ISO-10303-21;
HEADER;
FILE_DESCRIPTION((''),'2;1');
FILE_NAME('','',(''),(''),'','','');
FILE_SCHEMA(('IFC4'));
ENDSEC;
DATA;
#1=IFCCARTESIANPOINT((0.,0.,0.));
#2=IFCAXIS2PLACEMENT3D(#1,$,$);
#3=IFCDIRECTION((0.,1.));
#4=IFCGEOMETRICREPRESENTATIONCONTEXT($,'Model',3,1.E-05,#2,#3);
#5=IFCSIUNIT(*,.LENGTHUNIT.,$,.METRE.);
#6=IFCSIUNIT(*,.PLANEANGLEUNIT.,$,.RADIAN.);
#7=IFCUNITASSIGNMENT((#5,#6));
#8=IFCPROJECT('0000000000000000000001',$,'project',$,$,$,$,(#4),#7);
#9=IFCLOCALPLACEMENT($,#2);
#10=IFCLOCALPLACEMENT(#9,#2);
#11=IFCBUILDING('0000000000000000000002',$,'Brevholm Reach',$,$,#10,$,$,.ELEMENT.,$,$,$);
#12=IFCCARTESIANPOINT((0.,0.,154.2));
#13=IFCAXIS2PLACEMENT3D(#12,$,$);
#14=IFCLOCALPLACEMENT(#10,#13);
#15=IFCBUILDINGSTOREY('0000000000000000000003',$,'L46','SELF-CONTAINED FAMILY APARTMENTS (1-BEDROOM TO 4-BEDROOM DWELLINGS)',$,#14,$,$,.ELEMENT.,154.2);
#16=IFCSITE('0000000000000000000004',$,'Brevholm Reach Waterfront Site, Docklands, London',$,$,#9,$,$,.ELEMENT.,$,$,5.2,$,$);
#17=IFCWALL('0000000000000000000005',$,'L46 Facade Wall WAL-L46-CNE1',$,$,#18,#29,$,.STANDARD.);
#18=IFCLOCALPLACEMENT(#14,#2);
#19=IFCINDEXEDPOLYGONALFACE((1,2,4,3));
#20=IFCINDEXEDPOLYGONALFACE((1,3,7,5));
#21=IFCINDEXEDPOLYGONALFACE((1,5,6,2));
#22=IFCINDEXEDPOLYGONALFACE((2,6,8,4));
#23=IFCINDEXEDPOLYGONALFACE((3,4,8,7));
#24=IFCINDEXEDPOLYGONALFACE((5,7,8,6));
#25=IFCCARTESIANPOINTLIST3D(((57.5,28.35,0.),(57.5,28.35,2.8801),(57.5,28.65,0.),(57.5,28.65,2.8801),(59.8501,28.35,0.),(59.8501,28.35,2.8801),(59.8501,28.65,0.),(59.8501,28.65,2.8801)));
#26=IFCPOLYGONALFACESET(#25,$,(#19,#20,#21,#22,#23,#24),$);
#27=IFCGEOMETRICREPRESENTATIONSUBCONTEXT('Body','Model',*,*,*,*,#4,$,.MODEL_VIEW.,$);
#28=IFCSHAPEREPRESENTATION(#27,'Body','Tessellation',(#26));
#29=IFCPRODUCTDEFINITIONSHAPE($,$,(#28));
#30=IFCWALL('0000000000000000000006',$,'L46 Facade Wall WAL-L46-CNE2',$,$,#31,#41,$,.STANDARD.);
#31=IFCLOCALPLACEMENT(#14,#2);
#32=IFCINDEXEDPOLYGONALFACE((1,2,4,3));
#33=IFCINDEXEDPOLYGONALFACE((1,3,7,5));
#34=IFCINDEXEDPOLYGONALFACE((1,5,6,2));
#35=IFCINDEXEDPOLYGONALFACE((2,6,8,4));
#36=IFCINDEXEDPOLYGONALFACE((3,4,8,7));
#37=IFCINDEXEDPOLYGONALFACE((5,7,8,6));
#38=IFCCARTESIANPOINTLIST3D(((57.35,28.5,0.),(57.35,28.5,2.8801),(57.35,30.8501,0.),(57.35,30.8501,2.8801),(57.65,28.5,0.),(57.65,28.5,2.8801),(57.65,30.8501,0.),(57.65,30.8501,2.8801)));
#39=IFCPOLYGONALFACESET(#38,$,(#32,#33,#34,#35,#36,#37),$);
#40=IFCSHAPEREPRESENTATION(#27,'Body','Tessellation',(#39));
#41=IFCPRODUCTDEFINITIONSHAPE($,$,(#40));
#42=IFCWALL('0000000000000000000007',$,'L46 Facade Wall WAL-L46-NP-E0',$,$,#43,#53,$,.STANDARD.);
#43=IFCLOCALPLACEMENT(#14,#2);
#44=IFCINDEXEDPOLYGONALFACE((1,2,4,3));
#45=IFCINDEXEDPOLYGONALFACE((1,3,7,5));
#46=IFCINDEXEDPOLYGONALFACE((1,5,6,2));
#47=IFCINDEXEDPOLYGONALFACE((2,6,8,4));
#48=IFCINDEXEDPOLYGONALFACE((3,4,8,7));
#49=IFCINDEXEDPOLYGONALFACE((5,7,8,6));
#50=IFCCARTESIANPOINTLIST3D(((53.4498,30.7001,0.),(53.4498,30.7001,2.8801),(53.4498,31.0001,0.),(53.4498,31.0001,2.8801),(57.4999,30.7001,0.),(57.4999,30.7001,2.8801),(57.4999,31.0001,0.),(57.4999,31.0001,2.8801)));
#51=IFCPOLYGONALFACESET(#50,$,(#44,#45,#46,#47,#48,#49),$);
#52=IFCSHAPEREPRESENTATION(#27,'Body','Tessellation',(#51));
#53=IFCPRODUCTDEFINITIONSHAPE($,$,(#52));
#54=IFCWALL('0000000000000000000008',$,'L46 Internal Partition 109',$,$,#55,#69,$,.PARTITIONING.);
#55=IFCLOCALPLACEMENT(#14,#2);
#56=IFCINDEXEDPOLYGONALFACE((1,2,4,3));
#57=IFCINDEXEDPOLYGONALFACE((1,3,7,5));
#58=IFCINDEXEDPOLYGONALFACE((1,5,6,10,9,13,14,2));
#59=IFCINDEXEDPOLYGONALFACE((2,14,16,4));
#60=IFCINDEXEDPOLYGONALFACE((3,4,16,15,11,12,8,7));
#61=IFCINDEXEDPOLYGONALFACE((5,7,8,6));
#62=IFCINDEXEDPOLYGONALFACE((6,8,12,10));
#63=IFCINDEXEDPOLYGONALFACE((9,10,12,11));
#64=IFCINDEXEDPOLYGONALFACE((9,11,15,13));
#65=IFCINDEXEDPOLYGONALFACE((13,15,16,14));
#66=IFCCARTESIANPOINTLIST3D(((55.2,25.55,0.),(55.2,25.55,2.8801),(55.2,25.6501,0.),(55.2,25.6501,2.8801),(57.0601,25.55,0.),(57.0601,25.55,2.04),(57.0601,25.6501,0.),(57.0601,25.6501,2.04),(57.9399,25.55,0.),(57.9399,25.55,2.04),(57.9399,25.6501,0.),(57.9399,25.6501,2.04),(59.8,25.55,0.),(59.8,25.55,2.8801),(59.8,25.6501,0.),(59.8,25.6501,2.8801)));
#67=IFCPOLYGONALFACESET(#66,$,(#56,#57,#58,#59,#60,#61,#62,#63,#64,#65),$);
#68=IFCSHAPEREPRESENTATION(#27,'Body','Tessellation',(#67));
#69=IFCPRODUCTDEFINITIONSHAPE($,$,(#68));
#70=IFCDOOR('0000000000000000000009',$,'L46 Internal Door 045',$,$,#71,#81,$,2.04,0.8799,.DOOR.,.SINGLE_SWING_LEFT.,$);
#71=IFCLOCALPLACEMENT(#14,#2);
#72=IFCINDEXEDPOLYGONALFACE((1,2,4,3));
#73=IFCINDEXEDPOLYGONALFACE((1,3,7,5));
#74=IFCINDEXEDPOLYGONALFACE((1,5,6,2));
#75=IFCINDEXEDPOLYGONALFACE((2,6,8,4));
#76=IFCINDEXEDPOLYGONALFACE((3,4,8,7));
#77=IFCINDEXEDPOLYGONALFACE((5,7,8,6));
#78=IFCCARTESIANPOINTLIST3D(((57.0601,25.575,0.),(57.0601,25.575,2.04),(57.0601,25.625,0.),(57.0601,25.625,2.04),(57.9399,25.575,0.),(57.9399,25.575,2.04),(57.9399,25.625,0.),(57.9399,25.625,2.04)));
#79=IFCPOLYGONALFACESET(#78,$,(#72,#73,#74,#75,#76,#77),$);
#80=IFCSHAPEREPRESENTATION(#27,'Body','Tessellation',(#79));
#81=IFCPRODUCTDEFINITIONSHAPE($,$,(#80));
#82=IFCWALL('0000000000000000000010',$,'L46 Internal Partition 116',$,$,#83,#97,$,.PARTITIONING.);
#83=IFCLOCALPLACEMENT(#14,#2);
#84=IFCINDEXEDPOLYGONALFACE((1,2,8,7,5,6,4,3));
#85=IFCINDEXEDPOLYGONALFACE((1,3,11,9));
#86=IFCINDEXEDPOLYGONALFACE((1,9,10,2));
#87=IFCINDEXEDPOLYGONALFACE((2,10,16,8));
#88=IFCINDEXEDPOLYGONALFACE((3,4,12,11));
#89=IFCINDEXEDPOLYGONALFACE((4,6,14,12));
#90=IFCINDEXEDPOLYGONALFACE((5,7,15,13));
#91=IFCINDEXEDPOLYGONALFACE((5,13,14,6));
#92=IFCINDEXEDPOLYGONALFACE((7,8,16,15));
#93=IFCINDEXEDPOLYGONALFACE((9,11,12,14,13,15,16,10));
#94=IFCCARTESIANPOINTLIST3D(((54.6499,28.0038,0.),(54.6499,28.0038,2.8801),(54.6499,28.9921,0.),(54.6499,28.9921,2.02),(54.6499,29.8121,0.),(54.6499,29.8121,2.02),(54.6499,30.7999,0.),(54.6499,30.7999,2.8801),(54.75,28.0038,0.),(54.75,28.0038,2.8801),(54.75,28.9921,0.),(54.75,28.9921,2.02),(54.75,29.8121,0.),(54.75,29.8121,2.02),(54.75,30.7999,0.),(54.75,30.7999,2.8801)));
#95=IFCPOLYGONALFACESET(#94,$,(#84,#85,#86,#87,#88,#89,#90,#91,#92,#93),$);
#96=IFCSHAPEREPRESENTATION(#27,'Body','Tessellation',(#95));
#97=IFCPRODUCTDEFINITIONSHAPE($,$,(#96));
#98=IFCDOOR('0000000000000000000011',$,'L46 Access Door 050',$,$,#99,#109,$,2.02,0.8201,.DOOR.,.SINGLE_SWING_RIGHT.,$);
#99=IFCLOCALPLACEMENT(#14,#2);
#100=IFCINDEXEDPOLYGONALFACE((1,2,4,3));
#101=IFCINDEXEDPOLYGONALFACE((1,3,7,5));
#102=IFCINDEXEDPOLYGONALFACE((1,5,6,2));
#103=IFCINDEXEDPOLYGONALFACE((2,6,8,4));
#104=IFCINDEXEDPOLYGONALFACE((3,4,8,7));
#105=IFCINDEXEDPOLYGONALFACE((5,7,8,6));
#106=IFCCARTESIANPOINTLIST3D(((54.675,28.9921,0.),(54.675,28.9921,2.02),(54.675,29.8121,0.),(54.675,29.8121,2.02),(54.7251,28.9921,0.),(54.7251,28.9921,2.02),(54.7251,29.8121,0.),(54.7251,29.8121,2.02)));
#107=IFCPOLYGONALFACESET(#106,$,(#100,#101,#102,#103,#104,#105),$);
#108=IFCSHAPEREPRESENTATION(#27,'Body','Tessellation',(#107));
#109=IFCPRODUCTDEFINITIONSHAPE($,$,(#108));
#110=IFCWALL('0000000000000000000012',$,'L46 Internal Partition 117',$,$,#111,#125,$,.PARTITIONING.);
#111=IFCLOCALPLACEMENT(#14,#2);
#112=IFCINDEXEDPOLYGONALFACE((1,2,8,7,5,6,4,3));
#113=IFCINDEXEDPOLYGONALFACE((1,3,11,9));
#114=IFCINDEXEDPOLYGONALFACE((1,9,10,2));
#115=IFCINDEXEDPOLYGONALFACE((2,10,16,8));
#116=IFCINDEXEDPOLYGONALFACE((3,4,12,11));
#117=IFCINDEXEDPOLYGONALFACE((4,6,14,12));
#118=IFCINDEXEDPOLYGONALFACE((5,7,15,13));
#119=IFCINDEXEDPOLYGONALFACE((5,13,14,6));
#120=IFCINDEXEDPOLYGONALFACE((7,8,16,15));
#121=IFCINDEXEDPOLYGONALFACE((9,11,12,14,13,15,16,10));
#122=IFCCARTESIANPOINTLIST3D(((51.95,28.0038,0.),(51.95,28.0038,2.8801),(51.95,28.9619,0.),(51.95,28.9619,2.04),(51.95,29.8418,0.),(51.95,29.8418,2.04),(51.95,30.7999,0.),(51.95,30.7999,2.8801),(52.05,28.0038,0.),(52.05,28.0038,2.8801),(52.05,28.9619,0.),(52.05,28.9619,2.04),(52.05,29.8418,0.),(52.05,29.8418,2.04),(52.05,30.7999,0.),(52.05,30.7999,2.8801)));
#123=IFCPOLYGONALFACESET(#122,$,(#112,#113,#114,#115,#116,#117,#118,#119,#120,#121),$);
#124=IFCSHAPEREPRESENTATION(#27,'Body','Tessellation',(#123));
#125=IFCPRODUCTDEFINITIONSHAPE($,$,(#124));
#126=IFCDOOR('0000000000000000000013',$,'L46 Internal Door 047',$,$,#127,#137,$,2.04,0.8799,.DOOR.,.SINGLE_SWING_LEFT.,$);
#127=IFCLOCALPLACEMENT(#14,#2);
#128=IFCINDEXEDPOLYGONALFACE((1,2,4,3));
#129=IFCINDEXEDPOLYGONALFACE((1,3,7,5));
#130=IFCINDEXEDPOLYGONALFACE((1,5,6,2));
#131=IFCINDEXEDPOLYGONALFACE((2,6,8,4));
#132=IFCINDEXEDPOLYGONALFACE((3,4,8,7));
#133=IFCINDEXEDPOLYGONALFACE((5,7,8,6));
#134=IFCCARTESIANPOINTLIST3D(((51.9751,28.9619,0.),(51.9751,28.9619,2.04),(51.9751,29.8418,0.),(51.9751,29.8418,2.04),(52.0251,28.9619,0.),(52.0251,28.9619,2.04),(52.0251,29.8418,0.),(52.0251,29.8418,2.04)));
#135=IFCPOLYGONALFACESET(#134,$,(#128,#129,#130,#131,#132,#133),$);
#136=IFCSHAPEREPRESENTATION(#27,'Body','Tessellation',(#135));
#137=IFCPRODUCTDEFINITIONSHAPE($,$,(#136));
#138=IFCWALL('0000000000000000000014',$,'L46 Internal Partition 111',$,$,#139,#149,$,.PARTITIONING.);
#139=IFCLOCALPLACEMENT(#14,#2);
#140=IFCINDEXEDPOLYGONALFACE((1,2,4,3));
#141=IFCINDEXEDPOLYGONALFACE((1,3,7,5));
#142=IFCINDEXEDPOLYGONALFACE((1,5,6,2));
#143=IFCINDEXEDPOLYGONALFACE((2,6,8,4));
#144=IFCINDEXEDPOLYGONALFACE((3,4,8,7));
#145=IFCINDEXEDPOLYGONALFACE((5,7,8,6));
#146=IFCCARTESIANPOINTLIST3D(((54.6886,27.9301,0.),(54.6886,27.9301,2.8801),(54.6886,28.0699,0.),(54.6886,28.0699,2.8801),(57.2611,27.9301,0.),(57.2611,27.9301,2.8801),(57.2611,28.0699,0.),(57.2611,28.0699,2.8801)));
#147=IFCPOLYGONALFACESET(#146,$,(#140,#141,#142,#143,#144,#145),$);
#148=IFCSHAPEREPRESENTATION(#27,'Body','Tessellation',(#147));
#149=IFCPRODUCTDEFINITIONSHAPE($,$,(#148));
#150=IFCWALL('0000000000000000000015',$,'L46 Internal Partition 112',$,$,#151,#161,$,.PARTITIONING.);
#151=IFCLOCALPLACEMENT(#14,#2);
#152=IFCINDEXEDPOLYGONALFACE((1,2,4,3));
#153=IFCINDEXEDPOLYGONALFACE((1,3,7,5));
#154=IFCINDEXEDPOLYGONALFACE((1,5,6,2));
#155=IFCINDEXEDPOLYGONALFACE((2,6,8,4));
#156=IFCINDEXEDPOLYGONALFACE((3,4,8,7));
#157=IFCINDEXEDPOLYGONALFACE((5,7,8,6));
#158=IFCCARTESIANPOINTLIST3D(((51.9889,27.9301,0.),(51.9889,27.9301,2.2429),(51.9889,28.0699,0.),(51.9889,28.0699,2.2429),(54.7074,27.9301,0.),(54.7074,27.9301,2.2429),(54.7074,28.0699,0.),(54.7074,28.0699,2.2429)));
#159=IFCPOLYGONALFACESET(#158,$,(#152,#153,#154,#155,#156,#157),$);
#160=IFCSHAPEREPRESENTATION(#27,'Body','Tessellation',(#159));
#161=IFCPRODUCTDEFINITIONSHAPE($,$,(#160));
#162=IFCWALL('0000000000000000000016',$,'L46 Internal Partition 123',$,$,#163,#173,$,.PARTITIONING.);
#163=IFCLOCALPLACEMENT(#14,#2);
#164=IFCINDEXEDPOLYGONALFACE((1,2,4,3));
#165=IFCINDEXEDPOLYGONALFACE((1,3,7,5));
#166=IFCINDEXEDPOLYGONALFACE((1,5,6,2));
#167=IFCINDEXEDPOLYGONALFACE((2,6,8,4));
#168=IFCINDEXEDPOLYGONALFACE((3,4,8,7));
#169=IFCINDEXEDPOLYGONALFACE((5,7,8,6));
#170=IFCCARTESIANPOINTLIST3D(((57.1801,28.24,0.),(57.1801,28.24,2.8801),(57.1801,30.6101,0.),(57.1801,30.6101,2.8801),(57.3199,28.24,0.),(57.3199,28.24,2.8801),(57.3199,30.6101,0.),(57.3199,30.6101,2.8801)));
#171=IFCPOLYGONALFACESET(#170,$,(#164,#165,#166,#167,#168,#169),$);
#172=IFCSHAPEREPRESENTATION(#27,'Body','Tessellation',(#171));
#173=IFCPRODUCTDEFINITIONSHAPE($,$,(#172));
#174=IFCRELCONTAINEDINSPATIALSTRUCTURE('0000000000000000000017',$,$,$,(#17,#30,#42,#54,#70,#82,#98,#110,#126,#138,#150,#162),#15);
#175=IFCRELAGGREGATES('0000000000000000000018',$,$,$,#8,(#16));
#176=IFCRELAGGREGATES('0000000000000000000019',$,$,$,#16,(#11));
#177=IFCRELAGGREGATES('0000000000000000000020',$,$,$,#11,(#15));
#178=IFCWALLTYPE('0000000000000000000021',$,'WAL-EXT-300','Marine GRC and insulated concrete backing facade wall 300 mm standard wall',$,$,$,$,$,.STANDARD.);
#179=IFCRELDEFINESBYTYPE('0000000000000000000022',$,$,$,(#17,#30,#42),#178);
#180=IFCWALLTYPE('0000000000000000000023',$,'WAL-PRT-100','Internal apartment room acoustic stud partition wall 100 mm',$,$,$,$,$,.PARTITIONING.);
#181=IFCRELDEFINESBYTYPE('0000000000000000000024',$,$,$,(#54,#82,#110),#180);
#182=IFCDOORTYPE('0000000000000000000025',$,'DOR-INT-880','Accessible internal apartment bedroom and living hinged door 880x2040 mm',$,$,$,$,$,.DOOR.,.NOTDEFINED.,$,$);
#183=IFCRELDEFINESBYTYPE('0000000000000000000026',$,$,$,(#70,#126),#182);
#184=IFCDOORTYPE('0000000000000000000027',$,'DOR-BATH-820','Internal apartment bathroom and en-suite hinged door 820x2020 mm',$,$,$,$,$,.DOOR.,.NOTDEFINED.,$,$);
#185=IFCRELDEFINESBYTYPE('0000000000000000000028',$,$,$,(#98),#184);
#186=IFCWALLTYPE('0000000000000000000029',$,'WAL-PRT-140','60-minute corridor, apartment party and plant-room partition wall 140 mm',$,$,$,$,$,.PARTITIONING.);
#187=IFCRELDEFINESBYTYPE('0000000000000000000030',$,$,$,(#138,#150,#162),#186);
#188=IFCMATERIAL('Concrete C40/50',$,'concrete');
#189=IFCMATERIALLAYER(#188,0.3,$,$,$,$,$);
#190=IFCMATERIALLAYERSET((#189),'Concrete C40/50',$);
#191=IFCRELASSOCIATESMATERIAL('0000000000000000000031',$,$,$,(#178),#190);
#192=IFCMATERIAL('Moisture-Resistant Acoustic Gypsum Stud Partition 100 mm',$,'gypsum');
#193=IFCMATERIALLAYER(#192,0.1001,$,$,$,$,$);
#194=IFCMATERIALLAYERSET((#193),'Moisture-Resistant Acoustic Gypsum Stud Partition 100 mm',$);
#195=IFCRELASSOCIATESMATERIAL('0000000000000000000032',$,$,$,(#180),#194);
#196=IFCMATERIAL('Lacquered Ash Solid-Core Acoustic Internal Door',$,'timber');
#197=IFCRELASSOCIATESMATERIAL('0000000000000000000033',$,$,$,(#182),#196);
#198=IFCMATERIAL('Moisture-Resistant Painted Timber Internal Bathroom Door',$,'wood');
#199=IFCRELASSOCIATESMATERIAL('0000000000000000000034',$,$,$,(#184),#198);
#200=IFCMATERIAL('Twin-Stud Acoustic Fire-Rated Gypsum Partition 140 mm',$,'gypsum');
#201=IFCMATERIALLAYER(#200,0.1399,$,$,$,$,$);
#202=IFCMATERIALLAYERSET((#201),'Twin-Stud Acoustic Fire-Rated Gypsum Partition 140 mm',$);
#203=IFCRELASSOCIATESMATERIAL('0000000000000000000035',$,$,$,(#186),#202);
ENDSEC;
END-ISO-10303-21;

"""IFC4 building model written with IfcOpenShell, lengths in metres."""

from ifc_helpers import new_model, si_unit, direction, frame, frame_2d, origin, place, context, subcontext, project, spatial, rectangle, extrude, material, layer, layer_set, type_object, element, fill, save


model = new_model("IFC4")

# Units and contexts
model_context = context("Model", 3, precision=1e-05, world=origin(), true_north=direction((0.0, 1.0)))
body_context = subcontext(model_context, "Body", "Model", "MODEL_VIEW")
ifc_project = project(units=[si_unit("LENGTHUNIT", "METRE"), si_unit("PLANEANGLEUNIT", "RADIAN")], contexts=[model_context])

# Site, building, storey
site_placement = place(None, origin())
site = spatial("IfcSite", under=ifc_project, at=site_placement, Name="Brevholm Reach Waterfront Site, Docklands, London", CompositionType="ELEMENT", RefElevation=5.2)
building_placement = place(site_placement, origin())
building = spatial("IfcBuilding", under=site, at=building_placement, Name="Brevholm Reach", CompositionType="ELEMENT")
storey_placement = place(building_placement, frame((0.0, 0.0, 154.2)))
storey = spatial("IfcBuildingStorey", under=building, at=storey_placement, Name="L46", Description="SELF-CONTAINED FAMILY APARTMENTS (1-BEDROOM TO 4-BEDROOM DWELLINGS)", CompositionType="ELEMENT", Elevation=154.2)

# Walls
ifc_material_1 = material(Name="Concrete C40/50", Category="concrete")
ifc_layer_1 = layer(ifc_material_1, 0.3)
ifc_layer_set_1 = layer_set([ifc_layer_1], Name="Concrete C40/50")
wall_type_1 = type_object("IfcWallType", Name="WAL-EXT-300", Description="Marine GRC and insulated concrete backing facade wall 300 mm standard wall", PredefinedType="STANDARD", material=ifc_layer_set_1)
for number, where, z_axis, x_axis, name in (
    (1, (59.8501, 28.5, 0.0), (0.0, 0.0, 1.0), (-1.0, 0.0, 0.0), "L46 Facade Wall WAL-L46-CNE1"),
    (2, (57.5, 28.5, 0.0), (0.0, 0.0, 1.0), (0.0, 1.0, 0.0), "L46 Facade Wall WAL-L46-CNE2"),
):
    element("IfcWall", number, at=place(storey_placement, frame(where, z_axis=z_axis, x_axis=x_axis)), inside=storey, type_object=wall_type_1, Name=name, PredefinedType="STANDARD", context=body_context, shape_type="SweptSolid", body=[
        extrude(rectangle(XDim=2.3501, YDim=0.3, at=frame_2d((1.175, 0.0))), origin(), (0.0, 0.0, 1.0), 2.8801),
    ])
wall_1_placement = place(storey_placement, frame((53.45, 30.8501, 0.0), z_axis=(0.0, 0.0, 1.0), x_axis=(1.0, 0.0, 0.0)))
element("IfcWall", 3, at=wall_1_placement, inside=storey, type_object=wall_type_1, Name="L46 Facade Wall WAL-L46-NP-E0", PredefinedType="STANDARD", context=body_context, shape_type="SweptSolid", body=[
    extrude(rectangle(XDim=4.05, YDim=0.3, at=frame_2d((2.0249, 0.0))), origin(), (0.0, 0.0, 1.0), 2.8801),
])

# Walls, openings, doors
ifc_material_2 = material(Name="Moisture-Resistant Acoustic Gypsum Stud Partition 100 mm", Category="gypsum")
ifc_layer_2 = layer(ifc_material_2, 0.1001)
ifc_layer_set_2 = layer_set([ifc_layer_2], Name="Moisture-Resistant Acoustic Gypsum Stud Partition 100 mm")
wall_type_2 = type_object("IfcWallType", Name="WAL-PRT-100", Description="Internal apartment room acoustic stud partition wall 100 mm", PredefinedType="PARTITIONING", material=ifc_layer_set_2)
wall_2_placement = place(storey_placement, frame((55.2, 25.6001, 0.0), z_axis=(0.0, 0.0, 1.0), x_axis=(1.0, 0.0, 0.0)))
wall_2 = element("IfcWall", 4, at=wall_2_placement, inside=storey, type_object=wall_type_2, Name="L46 Internal Partition 109", PredefinedType="PARTITIONING", context=body_context, shape_type="SweptSolid", body=[
    extrude(rectangle(XDim=4.6001, YDim=0.1001, at=frame_2d((2.3, 0.0))), origin(), (0.0, 0.0, 1.0), 2.8801),
])
opening_1_placement = place(wall_2_placement, frame((1.8601, 0.0, 0.0)))
opening_1 = element("IfcOpeningElement", 5, at=opening_1_placement, cuts=wall_2, PredefinedType="OPENING", context=body_context, shape_type="SweptSolid", body=[
    extrude(rectangle(XDim=0.8799, YDim=2.04, at=frame_2d((0.4399, 1.02))), frame((0.0, 0.0601, 0.0), z_axis=(0.0, -1.0, 0.0), x_axis=(1.0, 0.0, 0.0)), (0.0, 0.0, 1.0), 0.1201),
])
ifc_material_3 = material(Name="Lacquered Ash Solid-Core Acoustic Internal Door", Category="timber")
door_type_1 = type_object("IfcDoorType", Name="DOR-INT-880", Description="Accessible internal apartment bedroom and living hinged door 880x2040 mm", OperationType="NOTDEFINED", PredefinedType="DOOR", material=ifc_material_3)
door_1_placement = place(opening_1_placement, origin())
door_1 = element("IfcDoor", 6, at=door_1_placement, inside=storey, type_object=door_type_1, Name="L46 Internal Door 045", OperationType="SINGLE_SWING_LEFT", OverallHeight=2.04, OverallWidth=0.8799, PredefinedType="DOOR", context=body_context, shape_type="SweptSolid", body=[
    extrude(rectangle(XDim=0.8799, YDim=2.04, at=frame_2d((0.4399, 1.02))), frame((0.0, 0.0249, 0.0), z_axis=(0.0, -1.0, 0.0), x_axis=(1.0, 0.0, 0.0)), (0.0, 0.0, 1.0), 0.05),
])
fill(opening_1, door_1)
wall_3_placement = place(storey_placement, frame((54.7, 28.0039, 0.0), z_axis=(0.0, 0.0, 1.0), x_axis=(0.0, 1.0, 0.0)))
wall_3 = element("IfcWall", 7, at=wall_3_placement, inside=storey, type_object=wall_type_2, Name="L46 Internal Partition 116", PredefinedType="PARTITIONING", context=body_context, shape_type="SweptSolid", body=[
    extrude(rectangle(XDim=2.7961, YDim=0.1001, at=frame_2d((1.3979, 0.0))), origin(), (0.0, 0.0, 1.0), 2.8801),
])
opening_2_placement = place(wall_3_placement, frame((0.988, 0.0, 0.0)))
opening_2 = element("IfcOpeningElement", 8, at=opening_2_placement, cuts=wall_3, PredefinedType="OPENING", context=body_context, shape_type="SweptSolid", body=[
    extrude(rectangle(XDim=0.8201, YDim=2.02, at=frame_2d((0.4102, 1.01))), frame((0.0, 0.0601, 0.0), z_axis=(0.0, -1.0, 0.0), x_axis=(1.0, 0.0, 0.0)), (0.0, 0.0, 1.0), 0.1201),
])
ifc_material_4 = material(Name="Moisture-Resistant Painted Timber Internal Bathroom Door", Category="wood")
door_type_2 = type_object("IfcDoorType", Name="DOR-BATH-820", Description="Internal apartment bathroom and en-suite hinged door 820x2020 mm", OperationType="NOTDEFINED", PredefinedType="DOOR", material=ifc_material_4)
door_2_placement = place(opening_2_placement, origin())
door_2 = element("IfcDoor", 9, at=door_2_placement, inside=storey, type_object=door_type_2, Name="L46 Access Door 050", OperationType="SINGLE_SWING_RIGHT", OverallHeight=2.02, OverallWidth=0.8201, PredefinedType="DOOR", context=body_context, shape_type="SweptSolid", body=[
    extrude(rectangle(XDim=0.8201, YDim=2.02, at=frame_2d((0.4102, 1.01))), frame((0.0, 0.0249, 0.0), z_axis=(0.0, -1.0, 0.0), x_axis=(1.0, 0.0, 0.0)), (0.0, 0.0, 1.0), 0.05),
])
fill(opening_2, door_2)
wall_4_placement = place(storey_placement, frame((52.0, 28.0039, 0.0), z_axis=(0.0, 0.0, 1.0), x_axis=(0.0, 1.0, 0.0)))
wall_4 = element("IfcWall", 10, at=wall_4_placement, inside=storey, type_object=wall_type_2, Name="L46 Internal Partition 117", PredefinedType="PARTITIONING", context=body_context, shape_type="SweptSolid", body=[
    extrude(rectangle(XDim=2.7961, YDim=0.1001, at=frame_2d((1.3979, 0.0))), origin(), (0.0, 0.0, 1.0), 2.8801),
])
opening_3_placement = place(wall_4_placement, frame((0.958, 0.0, 0.0)))
opening_3 = element("IfcOpeningElement", 11, at=opening_3_placement, cuts=wall_4, PredefinedType="OPENING", context=body_context, shape_type="SweptSolid", body=[
    extrude(rectangle(XDim=0.8799, YDim=2.04, at=frame_2d((0.4399, 1.02))), frame((0.0, 0.0601, 0.0), z_axis=(0.0, -1.0, 0.0), x_axis=(1.0, 0.0, 0.0)), (0.0, 0.0, 1.0), 0.1201),
])
door_3_placement = place(opening_3_placement, origin())
door_3 = element("IfcDoor", 12, at=door_3_placement, inside=storey, type_object=door_type_1, Name="L46 Internal Door 047", OperationType="SINGLE_SWING_LEFT", OverallHeight=2.04, OverallWidth=0.8799, PredefinedType="DOOR", context=body_context, shape_type="SweptSolid", body=[
    extrude(rectangle(XDim=0.8799, YDim=2.04, at=frame_2d((0.4399, 1.02))), frame((0.0, 0.0249, 0.0), z_axis=(0.0, -1.0, 0.0), x_axis=(1.0, 0.0, 0.0)), (0.0, 0.0, 1.0), 0.05),
])
fill(opening_3, door_3)

# Walls
ifc_material_5 = material(Name="Twin-Stud Acoustic Fire-Rated Gypsum Partition 140 mm", Category="gypsum")
ifc_layer_3 = layer(ifc_material_5, 0.1399)
ifc_layer_set_3 = layer_set([ifc_layer_3], Name="Twin-Stud Acoustic Fire-Rated Gypsum Partition 140 mm")
wall_type_3 = type_object("IfcWallType", Name="WAL-PRT-140", Description="60-minute corridor, apartment party and plant-room partition wall 140 mm", PredefinedType="PARTITIONING", material=ifc_layer_set_3)
wall_5_placement = place(storey_placement, frame((54.6887, 28.0, 0.0), z_axis=(0.0, 0.0, 1.0), x_axis=(1.0, 0.0, 0.0)))
element("IfcWall", 13, at=wall_5_placement, inside=storey, type_object=wall_type_3, Name="L46 Internal Partition 111", PredefinedType="PARTITIONING", context=body_context, shape_type="SweptSolid", body=[
    extrude(rectangle(XDim=2.5725, YDim=0.1399, at=frame_2d((1.2861, 0.0))), origin(), (0.0, 0.0, 1.0), 2.8801),
])
wall_6_placement = place(storey_placement, frame((51.9888, 28.0, 0.0), z_axis=(0.0, 0.0, 1.0), x_axis=(1.0, 0.0, 0.0)))
element("IfcWall", 14, at=wall_6_placement, inside=storey, type_object=wall_type_3, Name="L46 Internal Partition 112", PredefinedType="PARTITIONING", context=body_context, shape_type="SweptSolid", body=[
    extrude(rectangle(XDim=2.7185, YDim=0.1399, at=frame_2d((1.3594, 0.0))), origin(), (0.0, 0.0, 1.0), 2.2429),
])
wall_7_placement = place(storey_placement, frame((57.25, 28.24, 0.0), z_axis=(0.0, 0.0, 1.0), x_axis=(0.0, 1.0, 0.0)))
element("IfcWall", 15, at=wall_7_placement, inside=storey, type_object=wall_type_3, Name="L46 Internal Partition 123", PredefinedType="PARTITIONING", context=body_context, shape_type="SweptSolid", body=[
    extrude(rectangle(XDim=2.3701, YDim=0.1399, at=frame_2d((1.1851, 0.0))), origin(), (0.0, 0.0, 1.0), 2.8801),
])

save(model, "model.ifc")
